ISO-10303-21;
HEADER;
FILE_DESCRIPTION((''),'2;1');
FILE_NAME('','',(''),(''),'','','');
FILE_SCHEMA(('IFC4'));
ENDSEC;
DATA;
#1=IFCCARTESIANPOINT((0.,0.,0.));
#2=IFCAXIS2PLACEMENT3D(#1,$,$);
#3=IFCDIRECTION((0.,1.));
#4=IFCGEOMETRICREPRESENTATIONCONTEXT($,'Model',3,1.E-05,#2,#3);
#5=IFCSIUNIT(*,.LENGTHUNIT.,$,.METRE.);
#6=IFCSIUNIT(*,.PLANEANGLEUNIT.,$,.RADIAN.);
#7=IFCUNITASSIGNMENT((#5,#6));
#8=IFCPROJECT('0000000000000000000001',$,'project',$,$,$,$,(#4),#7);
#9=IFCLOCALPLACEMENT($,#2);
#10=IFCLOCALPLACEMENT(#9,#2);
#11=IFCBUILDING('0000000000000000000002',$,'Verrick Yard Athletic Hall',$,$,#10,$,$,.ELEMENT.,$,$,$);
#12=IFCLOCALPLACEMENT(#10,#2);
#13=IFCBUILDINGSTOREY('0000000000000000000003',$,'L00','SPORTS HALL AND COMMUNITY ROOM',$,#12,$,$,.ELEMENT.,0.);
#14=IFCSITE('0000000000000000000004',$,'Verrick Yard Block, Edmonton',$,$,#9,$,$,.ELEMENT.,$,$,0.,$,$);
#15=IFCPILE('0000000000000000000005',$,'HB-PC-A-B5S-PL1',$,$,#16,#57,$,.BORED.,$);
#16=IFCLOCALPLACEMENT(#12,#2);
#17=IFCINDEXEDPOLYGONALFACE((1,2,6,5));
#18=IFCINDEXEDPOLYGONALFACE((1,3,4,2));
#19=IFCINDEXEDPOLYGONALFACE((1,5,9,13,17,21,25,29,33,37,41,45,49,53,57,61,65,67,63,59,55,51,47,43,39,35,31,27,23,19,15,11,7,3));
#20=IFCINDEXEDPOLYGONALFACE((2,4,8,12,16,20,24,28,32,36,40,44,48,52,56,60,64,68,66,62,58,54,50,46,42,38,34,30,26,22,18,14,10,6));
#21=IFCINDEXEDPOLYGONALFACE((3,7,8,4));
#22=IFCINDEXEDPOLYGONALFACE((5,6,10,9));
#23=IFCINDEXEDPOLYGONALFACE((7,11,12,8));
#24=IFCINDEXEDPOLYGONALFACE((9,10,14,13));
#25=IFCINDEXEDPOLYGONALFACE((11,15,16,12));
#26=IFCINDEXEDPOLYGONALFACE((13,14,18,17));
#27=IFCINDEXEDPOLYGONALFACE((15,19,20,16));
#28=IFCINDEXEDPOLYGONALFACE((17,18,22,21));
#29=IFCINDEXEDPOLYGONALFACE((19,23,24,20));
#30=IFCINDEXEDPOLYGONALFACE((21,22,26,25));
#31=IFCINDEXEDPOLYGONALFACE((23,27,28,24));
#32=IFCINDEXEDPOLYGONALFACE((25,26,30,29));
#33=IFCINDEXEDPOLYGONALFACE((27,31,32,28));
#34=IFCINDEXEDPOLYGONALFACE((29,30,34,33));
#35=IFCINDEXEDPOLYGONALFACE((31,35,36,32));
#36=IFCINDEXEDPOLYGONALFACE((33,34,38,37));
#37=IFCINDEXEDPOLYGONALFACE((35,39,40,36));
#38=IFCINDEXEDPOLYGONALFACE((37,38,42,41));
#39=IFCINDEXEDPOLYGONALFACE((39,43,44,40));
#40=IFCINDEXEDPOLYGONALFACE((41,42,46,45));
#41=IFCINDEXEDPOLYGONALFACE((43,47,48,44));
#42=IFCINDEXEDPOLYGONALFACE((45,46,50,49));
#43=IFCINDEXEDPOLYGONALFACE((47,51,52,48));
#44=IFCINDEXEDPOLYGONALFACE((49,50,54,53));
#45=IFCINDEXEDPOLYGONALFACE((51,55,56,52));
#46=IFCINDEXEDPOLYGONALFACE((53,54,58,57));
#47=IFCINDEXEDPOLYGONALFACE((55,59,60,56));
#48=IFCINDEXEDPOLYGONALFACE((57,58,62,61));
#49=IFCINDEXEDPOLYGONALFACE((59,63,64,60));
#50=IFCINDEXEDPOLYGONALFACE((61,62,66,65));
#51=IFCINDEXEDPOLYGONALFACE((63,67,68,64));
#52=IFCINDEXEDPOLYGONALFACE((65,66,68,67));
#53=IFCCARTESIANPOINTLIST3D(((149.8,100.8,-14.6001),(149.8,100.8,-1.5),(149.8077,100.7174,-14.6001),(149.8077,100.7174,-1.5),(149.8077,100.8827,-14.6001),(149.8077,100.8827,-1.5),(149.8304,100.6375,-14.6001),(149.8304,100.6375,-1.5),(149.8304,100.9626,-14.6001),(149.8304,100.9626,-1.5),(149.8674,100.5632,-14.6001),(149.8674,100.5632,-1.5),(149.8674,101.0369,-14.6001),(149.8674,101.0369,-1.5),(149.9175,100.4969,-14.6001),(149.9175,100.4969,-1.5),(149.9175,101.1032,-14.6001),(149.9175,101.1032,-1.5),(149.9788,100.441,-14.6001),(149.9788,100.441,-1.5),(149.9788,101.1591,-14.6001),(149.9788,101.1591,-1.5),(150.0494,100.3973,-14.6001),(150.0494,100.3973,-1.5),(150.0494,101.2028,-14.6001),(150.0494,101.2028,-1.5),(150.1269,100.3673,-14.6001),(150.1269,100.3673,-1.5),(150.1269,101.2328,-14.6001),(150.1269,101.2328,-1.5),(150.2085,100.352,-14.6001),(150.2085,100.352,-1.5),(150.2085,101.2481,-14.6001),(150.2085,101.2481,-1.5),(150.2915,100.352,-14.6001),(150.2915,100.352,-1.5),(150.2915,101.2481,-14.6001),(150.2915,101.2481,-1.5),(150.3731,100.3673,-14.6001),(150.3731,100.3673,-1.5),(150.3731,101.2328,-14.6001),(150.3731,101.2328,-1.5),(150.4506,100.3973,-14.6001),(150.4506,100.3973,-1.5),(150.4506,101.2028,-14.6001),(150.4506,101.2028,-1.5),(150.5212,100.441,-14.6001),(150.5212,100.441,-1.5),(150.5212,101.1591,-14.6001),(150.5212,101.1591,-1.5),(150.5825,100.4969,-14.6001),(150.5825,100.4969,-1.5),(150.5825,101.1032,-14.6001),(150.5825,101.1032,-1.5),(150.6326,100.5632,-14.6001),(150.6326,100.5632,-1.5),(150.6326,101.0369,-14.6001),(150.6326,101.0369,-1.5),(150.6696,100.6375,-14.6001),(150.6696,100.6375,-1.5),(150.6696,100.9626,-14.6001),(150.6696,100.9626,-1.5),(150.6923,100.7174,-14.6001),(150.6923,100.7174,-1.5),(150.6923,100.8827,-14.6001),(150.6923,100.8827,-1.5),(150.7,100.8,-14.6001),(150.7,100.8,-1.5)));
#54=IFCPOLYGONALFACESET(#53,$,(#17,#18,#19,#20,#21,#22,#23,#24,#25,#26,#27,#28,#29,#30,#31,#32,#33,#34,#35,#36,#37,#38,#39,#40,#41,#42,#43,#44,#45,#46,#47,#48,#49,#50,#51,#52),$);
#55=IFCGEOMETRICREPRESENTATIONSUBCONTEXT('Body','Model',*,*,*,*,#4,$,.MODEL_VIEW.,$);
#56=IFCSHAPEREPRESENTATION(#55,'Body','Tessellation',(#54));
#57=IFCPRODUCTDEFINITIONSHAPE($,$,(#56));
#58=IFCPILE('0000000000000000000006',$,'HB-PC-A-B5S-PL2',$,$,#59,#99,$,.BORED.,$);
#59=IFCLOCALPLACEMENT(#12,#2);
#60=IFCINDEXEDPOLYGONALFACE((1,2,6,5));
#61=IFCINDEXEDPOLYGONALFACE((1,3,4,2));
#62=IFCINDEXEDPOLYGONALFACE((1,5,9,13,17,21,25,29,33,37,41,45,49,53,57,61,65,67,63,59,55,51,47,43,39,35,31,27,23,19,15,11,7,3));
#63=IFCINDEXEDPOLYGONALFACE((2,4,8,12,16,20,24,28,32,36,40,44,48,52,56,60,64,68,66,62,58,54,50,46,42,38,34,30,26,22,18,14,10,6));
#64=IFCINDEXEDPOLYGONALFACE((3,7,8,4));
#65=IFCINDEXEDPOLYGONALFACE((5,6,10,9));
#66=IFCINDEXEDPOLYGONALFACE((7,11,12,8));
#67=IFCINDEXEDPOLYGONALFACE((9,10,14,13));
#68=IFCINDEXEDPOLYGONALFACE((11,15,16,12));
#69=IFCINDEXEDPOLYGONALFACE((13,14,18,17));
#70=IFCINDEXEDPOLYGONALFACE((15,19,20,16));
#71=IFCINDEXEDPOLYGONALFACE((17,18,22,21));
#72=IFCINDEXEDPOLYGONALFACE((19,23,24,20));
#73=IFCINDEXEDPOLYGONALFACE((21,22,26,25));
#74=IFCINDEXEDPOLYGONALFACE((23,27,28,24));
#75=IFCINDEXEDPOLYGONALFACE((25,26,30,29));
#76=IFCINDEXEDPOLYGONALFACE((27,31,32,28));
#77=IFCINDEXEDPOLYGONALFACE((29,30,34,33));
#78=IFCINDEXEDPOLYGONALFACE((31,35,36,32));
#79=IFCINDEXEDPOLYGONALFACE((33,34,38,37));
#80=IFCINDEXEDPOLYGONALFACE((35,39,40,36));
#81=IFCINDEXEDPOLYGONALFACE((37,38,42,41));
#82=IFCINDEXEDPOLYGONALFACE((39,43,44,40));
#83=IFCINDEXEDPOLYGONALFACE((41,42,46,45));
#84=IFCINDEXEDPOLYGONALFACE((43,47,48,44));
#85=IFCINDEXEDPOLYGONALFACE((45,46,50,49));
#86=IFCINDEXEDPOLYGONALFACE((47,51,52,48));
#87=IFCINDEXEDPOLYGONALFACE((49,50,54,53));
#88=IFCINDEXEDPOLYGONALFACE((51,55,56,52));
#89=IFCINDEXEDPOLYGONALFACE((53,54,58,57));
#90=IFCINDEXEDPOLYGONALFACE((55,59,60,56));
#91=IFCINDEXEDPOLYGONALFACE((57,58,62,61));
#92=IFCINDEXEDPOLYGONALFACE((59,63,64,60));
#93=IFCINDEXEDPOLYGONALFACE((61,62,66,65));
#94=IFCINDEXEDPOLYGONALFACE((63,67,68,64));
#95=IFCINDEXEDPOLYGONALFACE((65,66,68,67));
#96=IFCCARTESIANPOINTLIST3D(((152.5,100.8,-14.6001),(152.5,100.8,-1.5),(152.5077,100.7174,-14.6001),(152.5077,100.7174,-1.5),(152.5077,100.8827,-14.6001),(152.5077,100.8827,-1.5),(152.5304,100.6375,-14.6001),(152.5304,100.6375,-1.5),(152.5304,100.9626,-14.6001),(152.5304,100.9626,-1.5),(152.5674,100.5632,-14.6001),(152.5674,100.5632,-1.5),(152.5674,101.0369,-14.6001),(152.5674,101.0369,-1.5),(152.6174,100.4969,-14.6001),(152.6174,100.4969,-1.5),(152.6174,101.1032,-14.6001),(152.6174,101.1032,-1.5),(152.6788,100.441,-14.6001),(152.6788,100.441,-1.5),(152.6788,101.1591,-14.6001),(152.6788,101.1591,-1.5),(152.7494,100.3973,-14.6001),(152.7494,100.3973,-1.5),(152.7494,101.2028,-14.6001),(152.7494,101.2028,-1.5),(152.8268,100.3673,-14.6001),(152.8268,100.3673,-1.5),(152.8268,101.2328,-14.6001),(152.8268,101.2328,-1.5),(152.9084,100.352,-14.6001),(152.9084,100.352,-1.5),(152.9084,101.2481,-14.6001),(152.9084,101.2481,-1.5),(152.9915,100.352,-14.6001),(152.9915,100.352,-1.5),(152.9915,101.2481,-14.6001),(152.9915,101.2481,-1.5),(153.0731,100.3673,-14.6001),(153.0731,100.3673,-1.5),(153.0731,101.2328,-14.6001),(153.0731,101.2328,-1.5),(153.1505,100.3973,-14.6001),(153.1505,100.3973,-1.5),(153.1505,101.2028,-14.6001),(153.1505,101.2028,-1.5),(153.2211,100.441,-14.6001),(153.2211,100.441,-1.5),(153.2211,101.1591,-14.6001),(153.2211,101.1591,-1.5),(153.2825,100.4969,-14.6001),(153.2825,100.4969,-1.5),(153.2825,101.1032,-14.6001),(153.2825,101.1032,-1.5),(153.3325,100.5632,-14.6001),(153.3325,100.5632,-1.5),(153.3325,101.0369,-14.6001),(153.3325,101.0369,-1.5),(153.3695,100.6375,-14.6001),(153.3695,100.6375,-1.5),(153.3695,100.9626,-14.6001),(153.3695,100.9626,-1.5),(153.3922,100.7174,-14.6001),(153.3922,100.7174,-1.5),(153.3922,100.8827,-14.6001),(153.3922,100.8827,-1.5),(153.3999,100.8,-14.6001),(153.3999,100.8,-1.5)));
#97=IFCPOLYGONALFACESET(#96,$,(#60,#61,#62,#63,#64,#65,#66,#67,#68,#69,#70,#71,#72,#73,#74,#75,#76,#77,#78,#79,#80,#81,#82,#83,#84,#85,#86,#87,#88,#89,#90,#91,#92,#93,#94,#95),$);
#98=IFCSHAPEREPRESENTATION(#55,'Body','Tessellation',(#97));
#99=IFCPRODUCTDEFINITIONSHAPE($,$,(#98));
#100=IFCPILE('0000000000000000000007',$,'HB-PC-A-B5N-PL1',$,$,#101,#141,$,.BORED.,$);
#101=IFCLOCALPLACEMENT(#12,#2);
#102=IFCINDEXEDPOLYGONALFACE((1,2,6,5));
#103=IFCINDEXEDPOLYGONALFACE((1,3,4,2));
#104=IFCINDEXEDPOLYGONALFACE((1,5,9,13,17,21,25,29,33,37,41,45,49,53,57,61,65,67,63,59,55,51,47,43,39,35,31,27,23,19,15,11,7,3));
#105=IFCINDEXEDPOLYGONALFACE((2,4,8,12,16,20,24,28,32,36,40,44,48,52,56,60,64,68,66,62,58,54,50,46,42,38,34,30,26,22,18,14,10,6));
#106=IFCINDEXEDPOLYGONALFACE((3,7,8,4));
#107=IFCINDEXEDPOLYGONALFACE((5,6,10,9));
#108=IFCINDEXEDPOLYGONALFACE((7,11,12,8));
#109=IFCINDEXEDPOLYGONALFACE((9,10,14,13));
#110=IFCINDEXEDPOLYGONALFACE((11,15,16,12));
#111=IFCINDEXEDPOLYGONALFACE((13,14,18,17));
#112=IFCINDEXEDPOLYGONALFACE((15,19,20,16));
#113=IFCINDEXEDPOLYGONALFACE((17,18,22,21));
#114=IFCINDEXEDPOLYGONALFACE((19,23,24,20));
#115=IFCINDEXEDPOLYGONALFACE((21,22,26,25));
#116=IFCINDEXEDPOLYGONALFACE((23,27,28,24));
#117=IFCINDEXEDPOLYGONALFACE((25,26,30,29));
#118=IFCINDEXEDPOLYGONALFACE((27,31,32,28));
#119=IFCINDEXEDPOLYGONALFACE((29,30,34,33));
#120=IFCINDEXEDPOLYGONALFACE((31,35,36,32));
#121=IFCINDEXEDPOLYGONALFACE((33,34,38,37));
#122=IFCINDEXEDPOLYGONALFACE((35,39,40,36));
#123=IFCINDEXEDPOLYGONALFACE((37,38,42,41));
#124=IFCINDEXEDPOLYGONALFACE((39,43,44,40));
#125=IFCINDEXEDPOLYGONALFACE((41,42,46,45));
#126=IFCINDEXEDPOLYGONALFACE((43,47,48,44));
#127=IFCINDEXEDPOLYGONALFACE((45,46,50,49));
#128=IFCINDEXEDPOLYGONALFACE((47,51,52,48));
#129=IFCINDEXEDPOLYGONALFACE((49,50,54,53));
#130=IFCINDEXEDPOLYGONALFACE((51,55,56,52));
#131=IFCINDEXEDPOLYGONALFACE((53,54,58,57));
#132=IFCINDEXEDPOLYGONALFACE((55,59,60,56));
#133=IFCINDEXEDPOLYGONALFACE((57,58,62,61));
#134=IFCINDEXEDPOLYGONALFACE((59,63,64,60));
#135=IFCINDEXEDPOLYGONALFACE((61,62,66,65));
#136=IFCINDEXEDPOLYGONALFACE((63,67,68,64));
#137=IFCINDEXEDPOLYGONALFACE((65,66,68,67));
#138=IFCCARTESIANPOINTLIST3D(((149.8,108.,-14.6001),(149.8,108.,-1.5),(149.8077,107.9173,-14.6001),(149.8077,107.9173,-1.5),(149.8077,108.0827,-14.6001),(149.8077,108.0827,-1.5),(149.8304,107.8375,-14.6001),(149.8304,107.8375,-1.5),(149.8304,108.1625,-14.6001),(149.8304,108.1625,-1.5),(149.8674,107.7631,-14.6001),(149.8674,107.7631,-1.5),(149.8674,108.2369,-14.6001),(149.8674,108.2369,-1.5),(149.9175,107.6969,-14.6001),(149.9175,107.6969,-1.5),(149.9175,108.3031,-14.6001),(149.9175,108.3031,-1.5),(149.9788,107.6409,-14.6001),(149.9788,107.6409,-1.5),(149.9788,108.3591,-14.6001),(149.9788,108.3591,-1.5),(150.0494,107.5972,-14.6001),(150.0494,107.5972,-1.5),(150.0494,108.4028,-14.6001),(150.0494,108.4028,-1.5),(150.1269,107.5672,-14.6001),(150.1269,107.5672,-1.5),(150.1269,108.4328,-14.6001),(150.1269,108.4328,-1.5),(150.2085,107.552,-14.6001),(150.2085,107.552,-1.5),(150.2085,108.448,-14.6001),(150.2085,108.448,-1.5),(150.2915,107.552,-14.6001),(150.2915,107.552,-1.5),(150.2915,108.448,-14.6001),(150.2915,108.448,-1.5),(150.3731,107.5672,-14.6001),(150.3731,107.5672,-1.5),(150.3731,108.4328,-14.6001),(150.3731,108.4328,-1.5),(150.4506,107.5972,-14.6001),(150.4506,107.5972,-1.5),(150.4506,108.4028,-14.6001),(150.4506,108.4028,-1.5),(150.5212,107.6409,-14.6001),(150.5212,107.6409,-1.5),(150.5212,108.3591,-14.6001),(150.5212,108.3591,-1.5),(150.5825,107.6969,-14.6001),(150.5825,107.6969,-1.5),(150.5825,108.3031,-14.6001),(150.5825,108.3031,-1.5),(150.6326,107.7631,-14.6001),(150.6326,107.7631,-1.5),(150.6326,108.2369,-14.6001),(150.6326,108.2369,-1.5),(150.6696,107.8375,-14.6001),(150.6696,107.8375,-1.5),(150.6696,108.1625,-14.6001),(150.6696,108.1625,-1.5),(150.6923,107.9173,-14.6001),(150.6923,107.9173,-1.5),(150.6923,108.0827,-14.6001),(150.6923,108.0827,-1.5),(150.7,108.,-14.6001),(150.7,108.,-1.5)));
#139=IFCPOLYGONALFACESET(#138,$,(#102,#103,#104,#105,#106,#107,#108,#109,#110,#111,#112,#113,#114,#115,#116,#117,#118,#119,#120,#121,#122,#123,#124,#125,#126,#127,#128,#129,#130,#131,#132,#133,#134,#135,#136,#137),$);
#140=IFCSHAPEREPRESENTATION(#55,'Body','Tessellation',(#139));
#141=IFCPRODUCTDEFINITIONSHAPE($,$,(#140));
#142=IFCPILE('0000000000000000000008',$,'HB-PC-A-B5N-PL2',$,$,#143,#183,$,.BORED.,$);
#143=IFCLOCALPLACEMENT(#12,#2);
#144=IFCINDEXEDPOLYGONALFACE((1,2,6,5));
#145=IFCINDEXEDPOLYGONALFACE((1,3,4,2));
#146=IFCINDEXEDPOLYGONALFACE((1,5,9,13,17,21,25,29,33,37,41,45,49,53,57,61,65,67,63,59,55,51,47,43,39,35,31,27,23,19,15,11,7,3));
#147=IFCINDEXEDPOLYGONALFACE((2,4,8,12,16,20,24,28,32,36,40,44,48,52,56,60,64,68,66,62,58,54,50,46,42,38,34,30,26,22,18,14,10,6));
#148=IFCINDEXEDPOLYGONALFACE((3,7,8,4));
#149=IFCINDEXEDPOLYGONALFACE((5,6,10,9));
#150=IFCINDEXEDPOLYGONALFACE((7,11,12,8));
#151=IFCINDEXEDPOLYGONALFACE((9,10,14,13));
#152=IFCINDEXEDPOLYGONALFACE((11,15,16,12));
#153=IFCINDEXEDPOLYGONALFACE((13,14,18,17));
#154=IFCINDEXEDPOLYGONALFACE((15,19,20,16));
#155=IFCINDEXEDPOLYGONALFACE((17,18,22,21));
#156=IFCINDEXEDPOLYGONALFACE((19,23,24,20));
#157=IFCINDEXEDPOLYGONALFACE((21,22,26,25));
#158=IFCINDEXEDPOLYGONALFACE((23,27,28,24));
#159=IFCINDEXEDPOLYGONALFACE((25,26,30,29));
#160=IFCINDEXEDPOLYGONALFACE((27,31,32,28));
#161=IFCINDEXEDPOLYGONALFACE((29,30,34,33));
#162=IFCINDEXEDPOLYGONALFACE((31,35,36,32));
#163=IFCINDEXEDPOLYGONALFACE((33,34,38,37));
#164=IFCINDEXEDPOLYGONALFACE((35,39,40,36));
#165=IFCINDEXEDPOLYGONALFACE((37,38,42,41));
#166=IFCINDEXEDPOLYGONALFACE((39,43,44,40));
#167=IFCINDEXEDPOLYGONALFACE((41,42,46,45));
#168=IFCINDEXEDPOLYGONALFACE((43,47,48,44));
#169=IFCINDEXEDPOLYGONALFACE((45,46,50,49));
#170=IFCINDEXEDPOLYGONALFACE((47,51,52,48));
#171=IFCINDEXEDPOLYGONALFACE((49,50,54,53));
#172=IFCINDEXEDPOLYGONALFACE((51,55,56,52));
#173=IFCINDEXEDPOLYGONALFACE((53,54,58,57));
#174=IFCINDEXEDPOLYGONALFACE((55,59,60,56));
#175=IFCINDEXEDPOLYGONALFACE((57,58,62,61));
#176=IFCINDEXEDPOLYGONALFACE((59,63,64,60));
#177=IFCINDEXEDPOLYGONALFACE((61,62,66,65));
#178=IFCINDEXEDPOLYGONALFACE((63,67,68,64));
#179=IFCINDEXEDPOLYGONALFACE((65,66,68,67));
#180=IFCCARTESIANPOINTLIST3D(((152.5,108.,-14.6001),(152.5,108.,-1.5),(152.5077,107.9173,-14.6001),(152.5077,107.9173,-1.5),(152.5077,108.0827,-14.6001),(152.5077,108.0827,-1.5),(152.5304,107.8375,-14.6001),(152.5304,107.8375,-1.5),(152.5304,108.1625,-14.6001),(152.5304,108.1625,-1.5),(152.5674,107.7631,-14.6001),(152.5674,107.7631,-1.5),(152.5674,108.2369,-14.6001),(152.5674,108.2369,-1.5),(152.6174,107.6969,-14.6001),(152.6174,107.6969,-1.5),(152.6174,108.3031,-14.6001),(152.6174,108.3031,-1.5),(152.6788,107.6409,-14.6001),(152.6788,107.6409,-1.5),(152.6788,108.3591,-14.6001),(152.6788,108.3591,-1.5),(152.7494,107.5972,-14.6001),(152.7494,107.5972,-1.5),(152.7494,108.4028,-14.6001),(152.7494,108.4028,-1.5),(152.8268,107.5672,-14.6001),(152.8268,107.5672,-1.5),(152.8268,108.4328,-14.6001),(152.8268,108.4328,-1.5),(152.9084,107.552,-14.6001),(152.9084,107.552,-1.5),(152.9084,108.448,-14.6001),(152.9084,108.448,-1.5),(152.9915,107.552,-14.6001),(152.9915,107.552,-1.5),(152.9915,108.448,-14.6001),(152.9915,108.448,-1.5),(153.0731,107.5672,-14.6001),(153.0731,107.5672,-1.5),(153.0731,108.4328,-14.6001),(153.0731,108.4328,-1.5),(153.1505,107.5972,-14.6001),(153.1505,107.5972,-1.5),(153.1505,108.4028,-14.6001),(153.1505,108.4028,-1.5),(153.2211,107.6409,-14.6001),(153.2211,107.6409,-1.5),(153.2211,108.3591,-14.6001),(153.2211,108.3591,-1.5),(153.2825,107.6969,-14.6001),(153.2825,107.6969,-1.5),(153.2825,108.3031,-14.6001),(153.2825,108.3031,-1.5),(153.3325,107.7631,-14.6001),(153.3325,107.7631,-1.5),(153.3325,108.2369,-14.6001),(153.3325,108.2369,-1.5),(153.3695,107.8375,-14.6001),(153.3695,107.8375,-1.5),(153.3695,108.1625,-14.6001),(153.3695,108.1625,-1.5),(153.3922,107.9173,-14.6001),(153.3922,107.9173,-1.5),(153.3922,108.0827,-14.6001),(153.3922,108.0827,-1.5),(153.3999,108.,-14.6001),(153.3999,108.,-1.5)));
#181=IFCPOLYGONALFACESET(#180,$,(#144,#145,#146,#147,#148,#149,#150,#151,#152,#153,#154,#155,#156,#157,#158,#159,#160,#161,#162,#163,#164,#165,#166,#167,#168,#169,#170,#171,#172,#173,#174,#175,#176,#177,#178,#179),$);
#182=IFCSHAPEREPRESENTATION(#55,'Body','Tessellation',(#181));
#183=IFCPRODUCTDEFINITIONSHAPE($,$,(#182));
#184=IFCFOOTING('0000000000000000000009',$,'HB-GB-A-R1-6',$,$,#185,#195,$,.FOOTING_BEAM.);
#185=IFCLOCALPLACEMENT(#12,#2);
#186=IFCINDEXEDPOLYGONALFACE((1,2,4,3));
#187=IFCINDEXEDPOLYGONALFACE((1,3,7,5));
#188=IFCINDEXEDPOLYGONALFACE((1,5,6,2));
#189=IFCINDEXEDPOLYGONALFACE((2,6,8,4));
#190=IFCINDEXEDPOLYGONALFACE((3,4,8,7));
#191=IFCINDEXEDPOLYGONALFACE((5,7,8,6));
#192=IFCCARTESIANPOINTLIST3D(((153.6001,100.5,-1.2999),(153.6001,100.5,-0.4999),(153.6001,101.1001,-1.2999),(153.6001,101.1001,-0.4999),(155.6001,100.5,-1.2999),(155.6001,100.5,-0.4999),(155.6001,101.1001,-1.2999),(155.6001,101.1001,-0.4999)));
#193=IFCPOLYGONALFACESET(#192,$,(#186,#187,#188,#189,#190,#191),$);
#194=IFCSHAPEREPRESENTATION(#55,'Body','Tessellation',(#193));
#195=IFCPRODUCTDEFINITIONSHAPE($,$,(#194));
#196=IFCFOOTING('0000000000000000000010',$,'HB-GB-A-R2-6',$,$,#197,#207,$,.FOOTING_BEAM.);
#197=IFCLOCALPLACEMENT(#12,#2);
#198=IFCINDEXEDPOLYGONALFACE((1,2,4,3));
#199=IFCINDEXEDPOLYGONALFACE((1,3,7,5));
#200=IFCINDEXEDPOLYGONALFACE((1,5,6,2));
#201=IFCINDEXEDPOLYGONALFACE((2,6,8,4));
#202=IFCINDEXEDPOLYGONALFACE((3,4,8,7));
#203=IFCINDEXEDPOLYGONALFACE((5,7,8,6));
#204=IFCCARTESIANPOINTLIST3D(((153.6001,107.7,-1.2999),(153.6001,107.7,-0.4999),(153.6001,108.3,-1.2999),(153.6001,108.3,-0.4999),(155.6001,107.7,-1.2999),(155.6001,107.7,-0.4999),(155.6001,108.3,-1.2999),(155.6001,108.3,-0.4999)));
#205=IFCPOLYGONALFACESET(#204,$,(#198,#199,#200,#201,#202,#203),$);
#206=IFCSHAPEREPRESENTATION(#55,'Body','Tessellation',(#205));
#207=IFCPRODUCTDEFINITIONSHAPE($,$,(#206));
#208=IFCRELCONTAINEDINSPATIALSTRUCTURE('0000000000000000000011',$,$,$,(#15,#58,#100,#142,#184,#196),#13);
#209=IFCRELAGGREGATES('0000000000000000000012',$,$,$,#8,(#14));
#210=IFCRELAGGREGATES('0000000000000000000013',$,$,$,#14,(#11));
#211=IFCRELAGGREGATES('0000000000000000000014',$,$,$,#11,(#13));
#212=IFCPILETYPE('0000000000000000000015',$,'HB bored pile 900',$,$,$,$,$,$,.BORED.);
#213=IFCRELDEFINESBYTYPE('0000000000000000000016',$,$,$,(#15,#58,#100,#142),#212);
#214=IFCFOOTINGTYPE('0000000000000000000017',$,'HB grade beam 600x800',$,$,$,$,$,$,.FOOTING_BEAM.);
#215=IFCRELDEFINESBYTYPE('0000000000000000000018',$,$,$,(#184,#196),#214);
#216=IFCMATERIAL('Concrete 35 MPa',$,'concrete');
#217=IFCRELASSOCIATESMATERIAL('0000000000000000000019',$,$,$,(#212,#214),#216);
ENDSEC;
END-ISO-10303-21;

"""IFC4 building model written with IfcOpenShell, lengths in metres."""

from ifc_helpers import new_model, si_unit, direction, frame, origin, origin_2d, place, context, subcontext, project, spatial, rectangle, circle, extrude, material, material_profile, profile_set, type_object, element, save


model = new_model("IFC4")

# Units and contexts
model_context = context("Model", 3, precision=1e-05, world=origin(), true_north=direction((0.0, 1.0)))
body_context = subcontext(model_context, "Body", "Model", "MODEL_VIEW")
ifc_project = project(units=[si_unit("LENGTHUNIT", "METRE"), si_unit("PLANEANGLEUNIT", "RADIAN")], contexts=[model_context])

# Site, building, storey
site_placement = place(None, origin())
site = spatial("IfcSite", under=ifc_project, at=site_placement, Name="Verrick Yard Block, Edmonton", CompositionType="ELEMENT", RefElevation=0.0)
building_placement = place(site_placement, origin())
building = spatial("IfcBuilding", under=site, at=building_placement, Name="Verrick Yard Athletic Hall", CompositionType="ELEMENT")
storey_placement = place(building_placement, origin())
storey = spatial("IfcBuildingStorey", under=building, at=storey_placement, Name="L00", Description="SPORTS HALL AND COMMUNITY ROOM", CompositionType="ELEMENT", Elevation=0.0)

# Piles
ifc_material_1 = material(Name="Concrete 35 MPa", Category="concrete")
ifc_material_profile_1 = material_profile(ifc_material_1, circle(Radius=0.45, at=origin_2d()), Name="Bored pile 900")
ifc_profile_set_1 = profile_set([ifc_material_profile_1], Name="Concrete 35 MPa")
pile_type = type_object("IfcPileType", Name="HB bored pile 900", PredefinedType="BORED", material=ifc_profile_set_1)
for number, where, z_axis, x_axis, name in (
    (1, (150.25, 100.8, -1.5), (0.0, 0.0, -1.0), (1.0, 0.0, 0.0), "HB-PC-A-B5S-PL1"),
    (2, (152.95, 100.8, -1.5), (0.0, 0.0, -1.0), (1.0, 0.0, 0.0), "HB-PC-A-B5S-PL2"),
    (3, (150.25, 108.0, -1.5), (0.0, 0.0, -1.0), (1.0, 0.0, 0.0), "HB-PC-A-B5N-PL1"),
    (4, (152.95, 108.0, -1.5), (0.0, 0.0, -1.0), (1.0, 0.0, 0.0), "HB-PC-A-B5N-PL2"),
):
    element("IfcPile", number, at=place(storey_placement, frame(where, z_axis=z_axis, x_axis=x_axis)), inside=storey, type_object=pile_type, Name=name, PredefinedType="BORED", context=body_context, shape_type="SweptSolid", body=[
        extrude(circle(Radius=0.45, at=origin_2d()), origin(), (0.0, 0.0, 1.0), 13.1001),
    ])

# Footings
ifc_material_profile_2 = material_profile(ifc_material_1, rectangle(XDim=0.6001, YDim=0.8, at=origin_2d()), Name="Grade beam 600x800")
ifc_profile_set_2 = profile_set([ifc_material_profile_2], Name="Concrete 35 MPa")
footing_type = type_object("IfcFootingType", Name="HB grade beam 600x800", PredefinedType="FOOTING_BEAM", material=ifc_profile_set_2)
for number, where, z_axis, x_axis, name in (
    (5, (153.6001, 100.8, -0.8999), (1.0, 0.0, 0.0), (0.0, 1.0, 0.0), "HB-GB-A-R1-6"),
    (6, (153.6001, 108.0, -0.8999), (1.0, 0.0, 0.0), (0.0, 1.0, 0.0), "HB-GB-A-R2-6"),
):
    element("IfcFooting", number, at=place(storey_placement, frame(where, z_axis=z_axis, x_axis=x_axis)), inside=storey, type_object=footing_type, Name=name, PredefinedType="FOOTING_BEAM", context=body_context, shape_type="SweptSolid", body=[
        extrude(rectangle(XDim=0.6001, YDim=0.8, at=origin_2d()), origin(), (0.0, 0.0, 1.0), 2.0),
    ])

save(model, "model.ifc")
